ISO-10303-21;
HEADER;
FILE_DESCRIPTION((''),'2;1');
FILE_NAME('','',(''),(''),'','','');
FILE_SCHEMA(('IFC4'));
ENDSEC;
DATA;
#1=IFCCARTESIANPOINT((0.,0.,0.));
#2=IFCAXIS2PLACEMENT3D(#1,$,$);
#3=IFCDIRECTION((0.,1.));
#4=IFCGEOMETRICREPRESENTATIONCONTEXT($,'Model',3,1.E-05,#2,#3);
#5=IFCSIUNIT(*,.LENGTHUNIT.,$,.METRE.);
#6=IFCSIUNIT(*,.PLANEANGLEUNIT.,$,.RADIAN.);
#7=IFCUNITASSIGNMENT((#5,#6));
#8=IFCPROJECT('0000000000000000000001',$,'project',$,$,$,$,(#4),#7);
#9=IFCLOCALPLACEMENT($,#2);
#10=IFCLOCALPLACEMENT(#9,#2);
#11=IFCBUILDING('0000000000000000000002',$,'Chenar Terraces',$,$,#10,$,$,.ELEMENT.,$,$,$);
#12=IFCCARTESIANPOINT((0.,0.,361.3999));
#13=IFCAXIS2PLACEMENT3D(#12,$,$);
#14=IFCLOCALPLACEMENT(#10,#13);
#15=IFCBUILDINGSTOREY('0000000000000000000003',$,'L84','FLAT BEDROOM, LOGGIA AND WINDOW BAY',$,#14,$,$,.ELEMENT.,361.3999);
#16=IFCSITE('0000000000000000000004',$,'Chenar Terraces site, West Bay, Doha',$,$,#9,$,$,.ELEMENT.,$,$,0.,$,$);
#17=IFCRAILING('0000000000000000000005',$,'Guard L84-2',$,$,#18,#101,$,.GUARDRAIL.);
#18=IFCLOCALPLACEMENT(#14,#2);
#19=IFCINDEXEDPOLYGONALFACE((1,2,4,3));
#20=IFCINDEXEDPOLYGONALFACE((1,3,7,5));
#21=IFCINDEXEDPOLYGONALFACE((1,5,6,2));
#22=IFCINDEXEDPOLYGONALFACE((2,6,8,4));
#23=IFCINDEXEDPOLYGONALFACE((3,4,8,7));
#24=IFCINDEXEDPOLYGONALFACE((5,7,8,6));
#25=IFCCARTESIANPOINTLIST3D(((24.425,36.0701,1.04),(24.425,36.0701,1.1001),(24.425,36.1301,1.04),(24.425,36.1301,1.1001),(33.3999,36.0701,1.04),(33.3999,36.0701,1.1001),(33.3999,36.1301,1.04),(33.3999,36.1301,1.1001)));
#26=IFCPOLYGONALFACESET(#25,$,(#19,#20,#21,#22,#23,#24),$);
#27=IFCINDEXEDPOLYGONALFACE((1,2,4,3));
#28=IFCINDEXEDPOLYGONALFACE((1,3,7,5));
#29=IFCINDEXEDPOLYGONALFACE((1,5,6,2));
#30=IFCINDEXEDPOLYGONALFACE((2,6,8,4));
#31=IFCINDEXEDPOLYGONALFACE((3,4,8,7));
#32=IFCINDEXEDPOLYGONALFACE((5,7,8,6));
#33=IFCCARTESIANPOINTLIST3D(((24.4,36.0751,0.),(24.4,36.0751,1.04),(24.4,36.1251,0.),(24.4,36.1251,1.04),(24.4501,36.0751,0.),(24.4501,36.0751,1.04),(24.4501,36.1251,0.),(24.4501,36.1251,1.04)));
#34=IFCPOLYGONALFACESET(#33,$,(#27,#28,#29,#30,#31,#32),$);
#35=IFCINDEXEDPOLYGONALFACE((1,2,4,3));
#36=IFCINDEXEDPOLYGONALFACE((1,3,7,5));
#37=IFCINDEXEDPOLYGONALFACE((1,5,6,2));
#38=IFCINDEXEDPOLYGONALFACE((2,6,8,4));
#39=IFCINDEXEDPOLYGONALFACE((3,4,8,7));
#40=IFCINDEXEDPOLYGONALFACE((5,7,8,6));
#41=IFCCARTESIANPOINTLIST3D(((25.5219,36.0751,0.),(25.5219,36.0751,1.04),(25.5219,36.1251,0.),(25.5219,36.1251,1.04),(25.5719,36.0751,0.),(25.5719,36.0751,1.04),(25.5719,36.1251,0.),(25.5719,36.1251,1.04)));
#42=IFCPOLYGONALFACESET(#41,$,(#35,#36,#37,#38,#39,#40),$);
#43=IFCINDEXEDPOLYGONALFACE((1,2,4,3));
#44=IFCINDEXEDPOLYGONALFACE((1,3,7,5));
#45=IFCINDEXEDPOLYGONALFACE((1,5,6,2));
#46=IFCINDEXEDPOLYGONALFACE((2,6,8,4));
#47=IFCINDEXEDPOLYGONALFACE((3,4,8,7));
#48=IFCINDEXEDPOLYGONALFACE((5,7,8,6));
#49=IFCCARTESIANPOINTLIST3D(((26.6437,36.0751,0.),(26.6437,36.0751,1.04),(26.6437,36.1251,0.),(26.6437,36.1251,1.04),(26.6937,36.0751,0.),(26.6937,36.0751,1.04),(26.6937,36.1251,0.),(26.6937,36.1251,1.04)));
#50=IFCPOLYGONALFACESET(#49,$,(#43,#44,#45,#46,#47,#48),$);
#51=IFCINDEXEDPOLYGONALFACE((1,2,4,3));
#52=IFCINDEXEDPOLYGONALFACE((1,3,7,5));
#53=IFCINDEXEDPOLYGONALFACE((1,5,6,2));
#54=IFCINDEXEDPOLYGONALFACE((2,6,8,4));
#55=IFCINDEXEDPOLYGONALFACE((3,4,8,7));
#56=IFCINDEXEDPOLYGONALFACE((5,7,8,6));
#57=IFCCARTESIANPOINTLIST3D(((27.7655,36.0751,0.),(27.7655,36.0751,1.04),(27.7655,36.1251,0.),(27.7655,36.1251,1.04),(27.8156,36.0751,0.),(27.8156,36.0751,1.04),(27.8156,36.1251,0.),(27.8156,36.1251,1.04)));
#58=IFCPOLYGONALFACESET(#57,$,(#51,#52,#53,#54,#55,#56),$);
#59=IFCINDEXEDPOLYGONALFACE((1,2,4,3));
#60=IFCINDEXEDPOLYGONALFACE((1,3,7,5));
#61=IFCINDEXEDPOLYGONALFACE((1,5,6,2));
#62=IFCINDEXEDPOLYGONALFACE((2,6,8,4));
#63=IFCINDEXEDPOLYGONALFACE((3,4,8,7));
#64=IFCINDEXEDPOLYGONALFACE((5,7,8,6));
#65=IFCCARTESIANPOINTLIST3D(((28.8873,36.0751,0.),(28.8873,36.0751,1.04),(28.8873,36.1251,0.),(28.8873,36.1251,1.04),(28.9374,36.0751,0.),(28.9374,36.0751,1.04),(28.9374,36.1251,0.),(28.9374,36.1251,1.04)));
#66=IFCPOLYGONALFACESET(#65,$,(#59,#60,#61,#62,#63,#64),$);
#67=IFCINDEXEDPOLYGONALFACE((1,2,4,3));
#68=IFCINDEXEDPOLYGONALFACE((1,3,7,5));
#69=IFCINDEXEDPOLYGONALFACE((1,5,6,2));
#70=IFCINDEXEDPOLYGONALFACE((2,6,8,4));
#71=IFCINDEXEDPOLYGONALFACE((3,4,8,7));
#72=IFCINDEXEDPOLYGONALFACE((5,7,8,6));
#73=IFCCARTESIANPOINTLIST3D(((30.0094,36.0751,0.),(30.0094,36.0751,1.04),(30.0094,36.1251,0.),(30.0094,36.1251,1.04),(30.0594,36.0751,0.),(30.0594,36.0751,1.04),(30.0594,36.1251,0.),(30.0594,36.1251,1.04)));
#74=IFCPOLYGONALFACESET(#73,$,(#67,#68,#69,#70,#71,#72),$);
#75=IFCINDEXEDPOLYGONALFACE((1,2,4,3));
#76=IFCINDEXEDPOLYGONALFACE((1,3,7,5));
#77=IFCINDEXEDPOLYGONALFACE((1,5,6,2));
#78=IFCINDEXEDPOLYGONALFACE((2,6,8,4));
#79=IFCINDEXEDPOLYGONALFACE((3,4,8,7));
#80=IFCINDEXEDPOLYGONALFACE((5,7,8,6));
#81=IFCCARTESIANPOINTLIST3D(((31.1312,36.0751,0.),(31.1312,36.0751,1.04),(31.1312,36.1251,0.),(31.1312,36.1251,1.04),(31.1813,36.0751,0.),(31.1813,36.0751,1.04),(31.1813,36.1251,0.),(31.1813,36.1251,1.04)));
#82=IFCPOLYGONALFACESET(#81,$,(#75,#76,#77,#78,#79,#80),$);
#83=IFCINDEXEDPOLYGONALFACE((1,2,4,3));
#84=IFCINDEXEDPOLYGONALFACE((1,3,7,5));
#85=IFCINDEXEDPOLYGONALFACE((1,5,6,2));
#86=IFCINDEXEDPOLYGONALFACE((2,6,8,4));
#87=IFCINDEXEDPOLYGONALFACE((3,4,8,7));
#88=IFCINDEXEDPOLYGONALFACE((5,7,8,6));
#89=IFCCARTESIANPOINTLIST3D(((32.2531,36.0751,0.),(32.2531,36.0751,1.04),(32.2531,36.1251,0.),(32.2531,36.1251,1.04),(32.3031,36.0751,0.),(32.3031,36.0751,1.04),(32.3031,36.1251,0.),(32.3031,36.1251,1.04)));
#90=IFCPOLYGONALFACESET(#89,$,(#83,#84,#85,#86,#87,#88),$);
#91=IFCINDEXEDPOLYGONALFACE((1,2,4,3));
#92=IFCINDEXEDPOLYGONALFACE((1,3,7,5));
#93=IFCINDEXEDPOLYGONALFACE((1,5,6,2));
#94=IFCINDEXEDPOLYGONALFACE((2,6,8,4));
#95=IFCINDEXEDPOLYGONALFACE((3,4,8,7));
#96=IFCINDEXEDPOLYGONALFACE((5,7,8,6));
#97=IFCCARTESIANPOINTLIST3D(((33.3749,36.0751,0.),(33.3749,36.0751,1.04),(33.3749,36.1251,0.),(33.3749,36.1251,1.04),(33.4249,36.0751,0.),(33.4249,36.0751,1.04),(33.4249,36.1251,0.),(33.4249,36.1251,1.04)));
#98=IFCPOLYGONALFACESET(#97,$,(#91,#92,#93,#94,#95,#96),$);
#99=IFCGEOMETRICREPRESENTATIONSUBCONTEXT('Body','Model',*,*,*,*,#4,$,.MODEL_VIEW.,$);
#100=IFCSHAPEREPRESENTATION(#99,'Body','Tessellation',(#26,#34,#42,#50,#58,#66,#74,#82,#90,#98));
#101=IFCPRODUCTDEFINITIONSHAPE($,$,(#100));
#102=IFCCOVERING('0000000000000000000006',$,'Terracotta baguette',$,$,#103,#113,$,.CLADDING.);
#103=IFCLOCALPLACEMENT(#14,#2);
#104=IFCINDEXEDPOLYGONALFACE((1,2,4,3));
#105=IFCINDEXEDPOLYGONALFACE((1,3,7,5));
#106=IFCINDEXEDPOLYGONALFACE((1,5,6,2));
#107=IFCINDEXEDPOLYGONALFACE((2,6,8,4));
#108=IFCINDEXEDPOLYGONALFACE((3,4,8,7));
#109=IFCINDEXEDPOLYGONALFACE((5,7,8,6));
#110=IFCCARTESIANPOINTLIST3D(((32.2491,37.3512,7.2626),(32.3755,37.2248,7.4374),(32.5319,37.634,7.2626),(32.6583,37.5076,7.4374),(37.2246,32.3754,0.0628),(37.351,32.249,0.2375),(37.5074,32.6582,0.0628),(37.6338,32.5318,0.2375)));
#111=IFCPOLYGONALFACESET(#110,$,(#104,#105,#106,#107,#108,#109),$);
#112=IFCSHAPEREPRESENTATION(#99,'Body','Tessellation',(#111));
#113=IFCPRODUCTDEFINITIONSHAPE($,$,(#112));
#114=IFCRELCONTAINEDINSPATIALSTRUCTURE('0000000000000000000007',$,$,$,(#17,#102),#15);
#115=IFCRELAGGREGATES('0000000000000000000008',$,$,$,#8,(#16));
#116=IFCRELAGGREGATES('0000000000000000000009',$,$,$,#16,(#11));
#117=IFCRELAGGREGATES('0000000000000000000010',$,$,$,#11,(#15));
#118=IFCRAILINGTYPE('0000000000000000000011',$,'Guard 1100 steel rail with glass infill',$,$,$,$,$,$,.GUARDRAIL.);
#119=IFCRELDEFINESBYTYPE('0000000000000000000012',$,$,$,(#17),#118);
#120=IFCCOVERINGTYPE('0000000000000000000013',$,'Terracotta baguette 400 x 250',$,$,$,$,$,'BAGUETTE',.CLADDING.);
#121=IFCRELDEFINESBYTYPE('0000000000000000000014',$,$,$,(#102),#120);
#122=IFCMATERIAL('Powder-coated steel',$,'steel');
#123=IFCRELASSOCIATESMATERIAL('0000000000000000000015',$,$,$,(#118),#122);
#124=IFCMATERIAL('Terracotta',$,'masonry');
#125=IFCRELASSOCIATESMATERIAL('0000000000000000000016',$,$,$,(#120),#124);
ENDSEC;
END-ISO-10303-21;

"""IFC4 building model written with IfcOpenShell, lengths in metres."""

from ifc_helpers import new_model, si_unit, direction, frame, origin, origin_2d, place, context, subcontext, project, spatial, rectangle, extrude, material, material_profile, profile_set, type_object, element, save


model = new_model("IFC4")

# Units and contexts
model_context = context("Model", 3, precision=1e-05, world=origin(), true_north=direction((0.0, 1.0)))
body_context = subcontext(model_context, "Body", "Model", "MODEL_VIEW")
ifc_project = project(units=[si_unit("LENGTHUNIT", "METRE"), si_unit("PLANEANGLEUNIT", "RADIAN")], contexts=[model_context])

# Site, building, storey
site_placement = place(None, origin())
site = spatial("IfcSite", under=ifc_project, at=site_placement, Name="Chenar Terraces site, West Bay, Doha", CompositionType="ELEMENT", RefElevation=0.0)
building_placement = place(site_placement, origin())
building = spatial("IfcBuilding", under=site, at=building_placement, Name="Chenar Terraces", CompositionType="ELEMENT")
storey_placement = place(building_placement, frame((0.0, 0.0, 361.3999)))
storey = spatial("IfcBuildingStorey", under=building, at=storey_placement, Name="L84", Description="FLAT BEDROOM, LOGGIA AND WINDOW BAY", CompositionType="ELEMENT", Elevation=361.3999)

# Railing
ifc_material_1 = material(Name="Powder-coated steel", Category="steel")
railing_type = type_object("IfcRailingType", Name="Guard 1100 steel rail with glass infill", PredefinedType="GUARDRAIL", material=ifc_material_1)
railing_placement = place(storey_placement, frame((24.425, 36.1001, 0.0)))
element("IfcRailing", 1, at=railing_placement, inside=storey, type_object=railing_type, Name="Guard L84-2", PredefinedType="GUARDRAIL", context=body_context, shape_type="SweptSolid", body=[
    extrude(rectangle(XDim=0.0601, YDim=0.0601, at=origin_2d()), frame((0.0, 0.0, 1.0701), z_axis=(1.0, 0.0, 0.0), x_axis=(0.0, 1.0, 0.0)), (0.0, 0.0, 1.0), 8.9749),
    extrude(rectangle(XDim=0.05, YDim=0.05, at=origin_2d()), origin(), (0.0, 0.0, 1.0), 1.04),
    extrude(rectangle(XDim=0.05, YDim=0.05, at=origin_2d()), frame((1.1218, 0.0, 0.0)), (0.0, 0.0, 1.0), 1.04),
    extrude(rectangle(XDim=0.05, YDim=0.05, at=origin_2d()), frame((2.2437, 0.0, 0.0)), (0.0, 0.0, 1.0), 1.04),
    extrude(rectangle(XDim=0.05, YDim=0.05, at=origin_2d()), frame((3.3655, 0.0, 0.0)), (0.0, 0.0, 1.0), 1.04),
    extrude(rectangle(XDim=0.05, YDim=0.05, at=origin_2d()), frame((4.4873, 0.0, 0.0)), (0.0, 0.0, 1.0), 1.04),
    extrude(rectangle(XDim=0.05, YDim=0.05, at=origin_2d()), frame((5.6094, 0.0, 0.0)), (0.0, 0.0, 1.0), 1.04),
    extrude(rectangle(XDim=0.05, YDim=0.05, at=origin_2d()), frame((6.7312, 0.0, 0.0)), (0.0, 0.0, 1.0), 1.04),
    extrude(rectangle(XDim=0.05, YDim=0.05, at=origin_2d()), frame((7.853, 0.0, 0.0)), (0.0, 0.0, 1.0), 1.04),
    extrude(rectangle(XDim=0.05, YDim=0.05, at=origin_2d()), frame((8.9749, 0.0, 0.0)), (0.0, 0.0, 1.0), 1.04),
])

# Covering
ifc_material_2 = material(Name="Terracotta", Category="masonry")
ifc_material_profile_1 = material_profile(ifc_material_2, rectangle(XDim=0.3999, YDim=0.25, at=origin_2d()), Name="Terracotta baguette 400 x 250")
ifc_profile_set_1 = profile_set([ifc_material_profile_1], Name="Terracotta")
covering_type = type_object("IfcCoveringType", Name="Terracotta baguette 400 x 250", ElementType="BAGUETTE", PredefinedType="CLADDING", material=ifc_profile_set_1)
covering_placement = place(storey_placement, frame((37.4292, 32.4536, 0.1501), z_axis=(-0.494222, 0.494247, 0.715167), x_axis=(-0.707124, -0.707089, 0.0)))
element("IfcCovering", 2, at=covering_placement, inside=storey, type_object=covering_type, Name="Terracotta baguette", PredefinedType="CLADDING", context=body_context, shape_type="SweptSolid", body=[
    extrude(rectangle(XDim=0.3999, YDim=0.25, at=origin_2d()), origin(), (0.0, 0.0, 1.0), 10.0674),
])

save(model, "model.ifc")
